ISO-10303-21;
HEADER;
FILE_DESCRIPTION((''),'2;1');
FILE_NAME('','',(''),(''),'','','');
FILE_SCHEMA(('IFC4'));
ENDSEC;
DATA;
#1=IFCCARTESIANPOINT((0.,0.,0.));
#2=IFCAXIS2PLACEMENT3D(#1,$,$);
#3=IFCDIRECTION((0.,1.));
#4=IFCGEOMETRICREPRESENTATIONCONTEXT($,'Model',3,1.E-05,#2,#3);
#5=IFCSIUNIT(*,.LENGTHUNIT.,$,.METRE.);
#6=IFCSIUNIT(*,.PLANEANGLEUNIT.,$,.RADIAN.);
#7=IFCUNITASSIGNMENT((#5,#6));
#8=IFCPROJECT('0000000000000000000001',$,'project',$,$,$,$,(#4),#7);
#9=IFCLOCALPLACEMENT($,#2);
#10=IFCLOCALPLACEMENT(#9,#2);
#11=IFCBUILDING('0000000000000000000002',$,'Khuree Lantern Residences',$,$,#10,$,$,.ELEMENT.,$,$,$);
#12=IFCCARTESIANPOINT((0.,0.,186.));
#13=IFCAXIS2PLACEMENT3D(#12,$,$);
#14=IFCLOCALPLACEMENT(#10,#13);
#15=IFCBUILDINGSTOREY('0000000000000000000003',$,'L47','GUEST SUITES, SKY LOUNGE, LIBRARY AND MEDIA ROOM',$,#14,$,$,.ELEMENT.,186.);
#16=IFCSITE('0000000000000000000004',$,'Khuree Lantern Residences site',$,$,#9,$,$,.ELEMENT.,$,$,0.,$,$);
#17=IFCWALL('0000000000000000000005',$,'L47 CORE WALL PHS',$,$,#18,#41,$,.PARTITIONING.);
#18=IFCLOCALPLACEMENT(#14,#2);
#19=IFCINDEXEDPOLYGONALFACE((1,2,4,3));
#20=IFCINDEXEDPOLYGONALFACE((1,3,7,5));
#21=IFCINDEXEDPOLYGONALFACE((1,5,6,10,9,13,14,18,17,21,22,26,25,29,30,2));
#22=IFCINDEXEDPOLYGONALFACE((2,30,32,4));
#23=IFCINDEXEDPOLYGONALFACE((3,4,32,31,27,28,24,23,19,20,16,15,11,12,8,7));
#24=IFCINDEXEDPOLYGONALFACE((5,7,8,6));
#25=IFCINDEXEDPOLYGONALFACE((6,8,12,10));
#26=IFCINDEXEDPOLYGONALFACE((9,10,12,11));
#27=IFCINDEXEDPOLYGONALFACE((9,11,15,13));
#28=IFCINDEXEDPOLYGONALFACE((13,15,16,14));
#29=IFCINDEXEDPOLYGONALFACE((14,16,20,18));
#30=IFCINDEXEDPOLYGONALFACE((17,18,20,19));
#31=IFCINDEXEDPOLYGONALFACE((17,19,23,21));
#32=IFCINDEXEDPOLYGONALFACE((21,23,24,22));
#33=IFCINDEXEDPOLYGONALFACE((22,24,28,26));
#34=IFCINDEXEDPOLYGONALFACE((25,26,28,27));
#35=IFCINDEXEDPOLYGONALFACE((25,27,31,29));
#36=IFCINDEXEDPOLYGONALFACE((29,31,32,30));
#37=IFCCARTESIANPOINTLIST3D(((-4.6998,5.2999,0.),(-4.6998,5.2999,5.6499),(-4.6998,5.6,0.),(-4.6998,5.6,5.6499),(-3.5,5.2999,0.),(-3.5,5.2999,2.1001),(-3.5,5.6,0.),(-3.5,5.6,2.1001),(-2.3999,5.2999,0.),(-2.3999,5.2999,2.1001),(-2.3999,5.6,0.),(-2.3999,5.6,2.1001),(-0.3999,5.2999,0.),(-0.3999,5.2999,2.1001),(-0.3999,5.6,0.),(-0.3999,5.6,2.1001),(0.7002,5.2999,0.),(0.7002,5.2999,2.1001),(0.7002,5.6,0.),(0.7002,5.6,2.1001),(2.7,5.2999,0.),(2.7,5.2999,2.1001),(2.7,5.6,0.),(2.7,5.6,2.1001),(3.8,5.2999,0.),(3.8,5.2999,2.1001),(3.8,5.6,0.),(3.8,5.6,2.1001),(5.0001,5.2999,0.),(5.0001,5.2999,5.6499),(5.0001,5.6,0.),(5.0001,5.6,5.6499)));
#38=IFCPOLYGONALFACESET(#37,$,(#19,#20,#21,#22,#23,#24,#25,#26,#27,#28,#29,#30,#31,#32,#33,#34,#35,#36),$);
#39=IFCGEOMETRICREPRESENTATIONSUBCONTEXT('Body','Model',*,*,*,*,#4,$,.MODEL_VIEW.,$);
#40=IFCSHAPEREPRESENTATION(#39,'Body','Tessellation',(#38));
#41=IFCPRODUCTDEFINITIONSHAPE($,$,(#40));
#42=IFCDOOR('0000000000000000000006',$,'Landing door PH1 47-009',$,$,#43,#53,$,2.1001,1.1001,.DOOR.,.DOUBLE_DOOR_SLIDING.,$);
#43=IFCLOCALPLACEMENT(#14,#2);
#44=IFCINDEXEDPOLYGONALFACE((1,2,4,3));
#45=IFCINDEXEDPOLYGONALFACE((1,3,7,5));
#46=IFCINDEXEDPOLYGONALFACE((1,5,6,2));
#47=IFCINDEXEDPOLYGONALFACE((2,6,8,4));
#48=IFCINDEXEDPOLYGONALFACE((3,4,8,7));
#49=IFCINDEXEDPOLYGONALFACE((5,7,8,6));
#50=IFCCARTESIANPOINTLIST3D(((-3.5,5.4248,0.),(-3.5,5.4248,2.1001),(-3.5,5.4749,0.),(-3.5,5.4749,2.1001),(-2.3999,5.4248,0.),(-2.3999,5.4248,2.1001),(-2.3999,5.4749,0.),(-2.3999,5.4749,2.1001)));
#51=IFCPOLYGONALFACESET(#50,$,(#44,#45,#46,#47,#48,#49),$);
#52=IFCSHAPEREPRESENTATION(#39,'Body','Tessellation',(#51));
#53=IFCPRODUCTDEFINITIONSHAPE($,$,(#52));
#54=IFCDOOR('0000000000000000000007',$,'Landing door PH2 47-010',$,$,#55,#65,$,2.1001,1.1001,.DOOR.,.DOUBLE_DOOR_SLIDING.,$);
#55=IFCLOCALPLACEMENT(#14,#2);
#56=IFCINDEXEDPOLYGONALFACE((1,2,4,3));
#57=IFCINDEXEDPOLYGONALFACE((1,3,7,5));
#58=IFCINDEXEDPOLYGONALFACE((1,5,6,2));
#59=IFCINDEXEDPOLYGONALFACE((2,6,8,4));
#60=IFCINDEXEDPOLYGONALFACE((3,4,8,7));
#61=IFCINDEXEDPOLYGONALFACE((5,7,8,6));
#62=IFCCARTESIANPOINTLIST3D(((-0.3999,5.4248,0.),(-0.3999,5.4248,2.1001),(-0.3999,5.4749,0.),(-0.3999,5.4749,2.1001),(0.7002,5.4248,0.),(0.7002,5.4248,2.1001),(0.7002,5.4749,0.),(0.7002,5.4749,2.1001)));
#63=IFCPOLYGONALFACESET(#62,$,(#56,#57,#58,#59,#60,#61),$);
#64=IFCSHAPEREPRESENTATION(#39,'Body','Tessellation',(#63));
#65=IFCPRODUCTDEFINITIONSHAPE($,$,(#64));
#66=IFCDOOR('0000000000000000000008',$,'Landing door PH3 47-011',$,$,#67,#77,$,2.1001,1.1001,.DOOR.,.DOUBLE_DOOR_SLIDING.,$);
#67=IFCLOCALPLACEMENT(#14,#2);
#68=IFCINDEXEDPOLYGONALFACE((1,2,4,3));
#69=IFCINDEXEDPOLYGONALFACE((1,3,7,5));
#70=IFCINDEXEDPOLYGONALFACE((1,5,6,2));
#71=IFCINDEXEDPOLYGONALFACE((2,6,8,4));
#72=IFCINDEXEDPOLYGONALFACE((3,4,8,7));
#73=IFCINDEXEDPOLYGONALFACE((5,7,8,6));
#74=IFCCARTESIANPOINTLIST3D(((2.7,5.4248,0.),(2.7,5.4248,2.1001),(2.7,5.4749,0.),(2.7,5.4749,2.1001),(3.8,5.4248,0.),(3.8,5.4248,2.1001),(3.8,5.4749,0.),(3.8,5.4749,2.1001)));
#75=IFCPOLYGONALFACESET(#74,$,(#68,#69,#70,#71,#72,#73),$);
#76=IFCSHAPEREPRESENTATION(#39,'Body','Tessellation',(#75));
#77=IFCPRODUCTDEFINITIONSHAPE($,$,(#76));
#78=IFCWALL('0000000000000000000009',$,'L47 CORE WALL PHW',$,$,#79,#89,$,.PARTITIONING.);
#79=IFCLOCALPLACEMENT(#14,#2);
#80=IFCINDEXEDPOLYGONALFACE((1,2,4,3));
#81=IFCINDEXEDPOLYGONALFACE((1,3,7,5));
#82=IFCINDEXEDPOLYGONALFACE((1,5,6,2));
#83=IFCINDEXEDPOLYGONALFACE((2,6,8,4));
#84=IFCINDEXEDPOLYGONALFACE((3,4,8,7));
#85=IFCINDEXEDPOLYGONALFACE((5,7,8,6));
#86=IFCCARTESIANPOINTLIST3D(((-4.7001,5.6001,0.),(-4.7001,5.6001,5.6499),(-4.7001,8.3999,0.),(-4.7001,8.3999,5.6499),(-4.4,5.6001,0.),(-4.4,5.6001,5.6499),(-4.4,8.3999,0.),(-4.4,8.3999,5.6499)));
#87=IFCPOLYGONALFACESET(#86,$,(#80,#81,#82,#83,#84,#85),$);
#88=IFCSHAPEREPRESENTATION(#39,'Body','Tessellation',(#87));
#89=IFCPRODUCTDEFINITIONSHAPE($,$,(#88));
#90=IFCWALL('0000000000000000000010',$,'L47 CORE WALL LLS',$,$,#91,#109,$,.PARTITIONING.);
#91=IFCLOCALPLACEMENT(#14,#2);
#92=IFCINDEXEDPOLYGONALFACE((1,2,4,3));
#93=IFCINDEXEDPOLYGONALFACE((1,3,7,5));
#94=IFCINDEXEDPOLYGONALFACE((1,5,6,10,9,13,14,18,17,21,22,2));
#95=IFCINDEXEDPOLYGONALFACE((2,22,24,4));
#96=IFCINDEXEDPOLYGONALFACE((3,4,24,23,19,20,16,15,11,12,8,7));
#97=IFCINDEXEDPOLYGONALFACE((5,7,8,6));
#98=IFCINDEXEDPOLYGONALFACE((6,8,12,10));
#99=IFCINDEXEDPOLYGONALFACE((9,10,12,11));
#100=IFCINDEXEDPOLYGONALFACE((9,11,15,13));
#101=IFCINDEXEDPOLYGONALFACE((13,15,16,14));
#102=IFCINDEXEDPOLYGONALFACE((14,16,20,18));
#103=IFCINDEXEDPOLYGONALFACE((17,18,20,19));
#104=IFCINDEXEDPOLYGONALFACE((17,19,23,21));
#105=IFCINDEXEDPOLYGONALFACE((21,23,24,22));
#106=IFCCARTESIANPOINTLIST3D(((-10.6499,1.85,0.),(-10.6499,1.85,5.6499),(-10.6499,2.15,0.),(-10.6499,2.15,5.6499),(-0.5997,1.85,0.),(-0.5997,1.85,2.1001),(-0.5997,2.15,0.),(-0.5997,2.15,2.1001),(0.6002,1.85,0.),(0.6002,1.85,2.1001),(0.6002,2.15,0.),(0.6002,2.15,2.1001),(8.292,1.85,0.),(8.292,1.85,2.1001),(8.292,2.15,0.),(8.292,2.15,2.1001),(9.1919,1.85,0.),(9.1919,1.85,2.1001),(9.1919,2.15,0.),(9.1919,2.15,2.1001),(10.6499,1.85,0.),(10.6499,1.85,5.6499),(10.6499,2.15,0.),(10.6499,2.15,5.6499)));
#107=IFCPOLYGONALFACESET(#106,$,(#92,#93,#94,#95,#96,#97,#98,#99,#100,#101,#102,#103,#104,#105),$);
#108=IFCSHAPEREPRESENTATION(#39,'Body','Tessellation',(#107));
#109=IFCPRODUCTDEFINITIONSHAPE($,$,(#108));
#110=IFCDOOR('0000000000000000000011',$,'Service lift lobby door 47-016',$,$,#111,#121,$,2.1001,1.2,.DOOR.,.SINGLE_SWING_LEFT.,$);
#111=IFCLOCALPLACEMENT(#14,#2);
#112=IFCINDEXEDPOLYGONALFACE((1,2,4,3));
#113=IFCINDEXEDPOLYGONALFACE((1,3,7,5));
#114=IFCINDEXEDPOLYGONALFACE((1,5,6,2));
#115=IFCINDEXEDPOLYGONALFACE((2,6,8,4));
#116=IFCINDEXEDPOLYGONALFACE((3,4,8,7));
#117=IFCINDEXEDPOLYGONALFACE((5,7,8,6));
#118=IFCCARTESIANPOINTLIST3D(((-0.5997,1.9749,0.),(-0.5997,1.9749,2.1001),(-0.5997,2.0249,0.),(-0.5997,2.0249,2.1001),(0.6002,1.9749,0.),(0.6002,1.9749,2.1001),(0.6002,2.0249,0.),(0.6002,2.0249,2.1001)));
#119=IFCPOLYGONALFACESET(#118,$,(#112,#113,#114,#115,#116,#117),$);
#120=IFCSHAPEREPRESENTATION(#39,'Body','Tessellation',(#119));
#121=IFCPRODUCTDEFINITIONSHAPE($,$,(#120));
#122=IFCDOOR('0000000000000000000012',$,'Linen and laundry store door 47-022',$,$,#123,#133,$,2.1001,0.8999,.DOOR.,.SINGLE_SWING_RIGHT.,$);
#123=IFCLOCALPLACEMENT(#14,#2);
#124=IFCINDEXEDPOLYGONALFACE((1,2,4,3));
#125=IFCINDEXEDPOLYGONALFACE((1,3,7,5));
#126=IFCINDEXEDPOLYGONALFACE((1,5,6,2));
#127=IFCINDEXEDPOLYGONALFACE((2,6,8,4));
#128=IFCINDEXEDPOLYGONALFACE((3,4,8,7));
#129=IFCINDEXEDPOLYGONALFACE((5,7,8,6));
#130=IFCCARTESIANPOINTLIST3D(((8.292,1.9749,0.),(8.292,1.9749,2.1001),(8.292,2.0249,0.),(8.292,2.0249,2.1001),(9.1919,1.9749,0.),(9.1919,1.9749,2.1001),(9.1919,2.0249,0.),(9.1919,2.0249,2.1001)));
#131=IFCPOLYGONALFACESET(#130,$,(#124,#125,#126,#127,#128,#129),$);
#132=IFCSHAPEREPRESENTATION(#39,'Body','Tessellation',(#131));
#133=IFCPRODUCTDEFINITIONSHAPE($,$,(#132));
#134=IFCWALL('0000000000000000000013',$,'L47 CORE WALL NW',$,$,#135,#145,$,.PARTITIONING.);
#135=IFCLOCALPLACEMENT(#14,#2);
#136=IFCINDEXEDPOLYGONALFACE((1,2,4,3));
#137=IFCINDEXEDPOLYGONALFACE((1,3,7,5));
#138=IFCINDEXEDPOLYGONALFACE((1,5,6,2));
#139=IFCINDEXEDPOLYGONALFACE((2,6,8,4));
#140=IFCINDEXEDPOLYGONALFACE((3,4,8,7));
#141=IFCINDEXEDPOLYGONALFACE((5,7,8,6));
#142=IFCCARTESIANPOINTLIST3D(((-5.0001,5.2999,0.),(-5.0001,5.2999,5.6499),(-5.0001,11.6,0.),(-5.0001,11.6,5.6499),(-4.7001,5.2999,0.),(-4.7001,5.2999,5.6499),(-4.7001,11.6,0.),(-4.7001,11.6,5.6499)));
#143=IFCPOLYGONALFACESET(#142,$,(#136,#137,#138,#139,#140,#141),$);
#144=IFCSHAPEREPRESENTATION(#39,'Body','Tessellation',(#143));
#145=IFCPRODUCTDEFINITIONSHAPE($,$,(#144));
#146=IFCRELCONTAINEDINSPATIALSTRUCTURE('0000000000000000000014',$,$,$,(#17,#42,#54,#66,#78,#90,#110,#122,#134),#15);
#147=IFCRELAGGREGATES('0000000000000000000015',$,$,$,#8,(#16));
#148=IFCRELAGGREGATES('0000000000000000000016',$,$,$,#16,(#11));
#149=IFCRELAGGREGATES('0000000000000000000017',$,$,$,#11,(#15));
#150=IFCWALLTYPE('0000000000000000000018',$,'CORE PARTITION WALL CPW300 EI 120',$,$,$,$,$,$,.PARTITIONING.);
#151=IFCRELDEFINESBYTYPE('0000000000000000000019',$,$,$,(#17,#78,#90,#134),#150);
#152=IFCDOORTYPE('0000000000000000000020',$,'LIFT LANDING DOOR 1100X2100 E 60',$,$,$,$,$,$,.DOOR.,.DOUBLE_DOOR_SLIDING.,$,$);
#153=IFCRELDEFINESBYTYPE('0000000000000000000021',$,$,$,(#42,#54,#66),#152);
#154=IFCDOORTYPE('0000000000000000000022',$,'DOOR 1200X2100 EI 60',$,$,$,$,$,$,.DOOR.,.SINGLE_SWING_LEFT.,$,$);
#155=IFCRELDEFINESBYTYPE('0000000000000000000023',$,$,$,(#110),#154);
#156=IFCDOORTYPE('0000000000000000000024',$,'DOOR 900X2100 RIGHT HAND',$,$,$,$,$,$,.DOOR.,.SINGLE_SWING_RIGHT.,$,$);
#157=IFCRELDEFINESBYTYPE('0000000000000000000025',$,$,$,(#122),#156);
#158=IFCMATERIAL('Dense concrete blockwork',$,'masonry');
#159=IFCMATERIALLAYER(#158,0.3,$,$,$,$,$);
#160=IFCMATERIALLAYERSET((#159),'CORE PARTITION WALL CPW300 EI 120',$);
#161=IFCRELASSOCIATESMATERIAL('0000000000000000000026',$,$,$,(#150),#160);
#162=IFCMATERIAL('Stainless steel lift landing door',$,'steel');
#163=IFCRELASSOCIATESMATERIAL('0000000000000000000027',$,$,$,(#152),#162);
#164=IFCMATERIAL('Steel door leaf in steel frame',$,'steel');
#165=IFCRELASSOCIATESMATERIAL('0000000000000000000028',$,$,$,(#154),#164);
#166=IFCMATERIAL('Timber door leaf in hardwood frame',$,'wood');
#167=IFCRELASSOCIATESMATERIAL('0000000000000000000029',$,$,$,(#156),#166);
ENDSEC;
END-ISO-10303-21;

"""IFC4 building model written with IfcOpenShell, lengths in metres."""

from ifc_helpers import new_model, si_unit, direction, frame, frame_2d, origin, place, context, subcontext, project, spatial, rectangle, extrude, material, layer, layer_set, type_object, element, fill, save


model = new_model("IFC4")

# Units and contexts
model_context = context("Model", 3, precision=1e-05, world=origin(), true_north=direction((0.0, 1.0)))
body_context = subcontext(model_context, "Body", "Model", "MODEL_VIEW")
ifc_project = project(units=[si_unit("LENGTHUNIT", "METRE"), si_unit("PLANEANGLEUNIT", "RADIAN")], contexts=[model_context])

# Site, building, storey
site_placement = place(None, origin())
site = spatial("IfcSite", under=ifc_project, at=site_placement, Name="Khuree Lantern Residences site", CompositionType="ELEMENT", RefElevation=0.0)
building_placement = place(site_placement, origin())
building = spatial("IfcBuilding", under=site, at=building_placement, Name="Khuree Lantern Residences", CompositionType="ELEMENT")
storey_placement = place(building_placement, frame((0.0, 0.0, 186.0)))
storey = spatial("IfcBuildingStorey", under=building, at=storey_placement, Name="L47", Description="GUEST SUITES, SKY LOUNGE, LIBRARY AND MEDIA ROOM", CompositionType="ELEMENT", Elevation=186.0)

# Wall, openings, doors
ifc_material_1 = material(Name="Dense concrete blockwork", Category="masonry")
ifc_layer_1 = layer(ifc_material_1, 0.3)
ifc_layer_set_1 = layer_set([ifc_layer_1], Name="CORE PARTITION WALL CPW300 EI 120")
wall_type_1 = type_object("IfcWallType", Name="CORE PARTITION WALL CPW300 EI 120", PredefinedType="PARTITIONING", material=ifc_layer_set_1)
wall_1_placement = place(storey_placement, frame((-4.7, 5.45, 0.0), z_axis=(0.0, 0.0, 1.0), x_axis=(1.0, 0.0, 0.0)))
wall_1 = element("IfcWall", 1, at=wall_1_placement, inside=storey, type_object=wall_type_1, Name="L47 CORE WALL PHS", PredefinedType="PARTITIONING", context=body_context, shape_type="SweptSolid", body=[
    extrude(rectangle(XDim=9.7, YDim=0.3, at=frame_2d((4.8501, 0.0))), origin(), (0.0, 0.0, 1.0), 5.6499),
])
opening_1_placement = place(wall_1_placement, frame((1.2, 0.0, 0.0)))
opening_1 = element("IfcOpeningElement", 2, at=opening_1_placement, cuts=wall_1, PredefinedType="OPENING", context=body_context, shape_type="SweptSolid", body=[
    extrude(rectangle(XDim=1.1001, YDim=2.1001, at=frame_2d((0.55, 1.05))), frame((0.0, 0.1602, 0.0), z_axis=(0.0, -1.0, 0.0), x_axis=(1.0, 0.0, 0.0)), (0.0, 0.0, 1.0), 0.3201),
])
opening_2_placement = place(wall_1_placement, frame((4.3, 0.0, 0.0)))
opening_2 = element("IfcOpeningElement", 3, at=opening_2_placement, cuts=wall_1, PredefinedType="OPENING", context=body_context, shape_type="SweptSolid", body=[
    extrude(rectangle(XDim=1.1001, YDim=2.1001, at=frame_2d((0.55, 1.05))), frame((0.0, 0.1602, 0.0), z_axis=(0.0, -1.0, 0.0), x_axis=(1.0, 0.0, 0.0)), (0.0, 0.0, 1.0), 0.3201),
])
opening_3_placement = place(wall_1_placement, frame((7.3999, 0.0, 0.0)))
opening_3 = element("IfcOpeningElement", 4, at=opening_3_placement, cuts=wall_1, PredefinedType="OPENING", context=body_context, shape_type="SweptSolid", body=[
    extrude(rectangle(XDim=1.1001, YDim=2.1001, at=frame_2d((0.55, 1.05))), frame((0.0, 0.1602, 0.0), z_axis=(0.0, -1.0, 0.0), x_axis=(1.0, 0.0, 0.0)), (0.0, 0.0, 1.0), 0.3201),
])
ifc_material_2 = material(Name="Stainless steel lift landing door", Category="steel")
door_type_1 = type_object("IfcDoorType", Name="LIFT LANDING DOOR 1100X2100 E 60", OperationType="DOUBLE_DOOR_SLIDING", PredefinedType="DOOR", material=ifc_material_2)
door_1_placement = place(opening_1_placement, origin())
door_1 = element("IfcDoor", 5, at=door_1_placement, inside=storey, type_object=door_type_1, Name="Landing door PH1 47-009", OperationType="DOUBLE_DOOR_SLIDING", OverallHeight=2.1001, OverallWidth=1.1001, PredefinedType="DOOR", context=body_context, shape_type="SweptSolid", body=[
    extrude(rectangle(XDim=1.1001, YDim=2.1001, at=frame_2d((0.55, 1.05))), frame((0.0, 0.0249, 0.0), z_axis=(0.0, -1.0, 0.0), x_axis=(1.0, 0.0, 0.0)), (0.0, 0.0, 1.0), 0.05),
])
fill(opening_1, door_1)
door_2_placement = place(opening_2_placement, origin())
door_2 = element("IfcDoor", 6, at=door_2_placement, inside=storey, type_object=door_type_1, Name="Landing door PH2 47-010", OperationType="DOUBLE_DOOR_SLIDING", OverallHeight=2.1001, OverallWidth=1.1001, PredefinedType="DOOR", context=body_context, shape_type="SweptSolid", body=[
    extrude(rectangle(XDim=1.1001, YDim=2.1001, at=frame_2d((0.55, 1.05))), frame((0.0, 0.0249, 0.0), z_axis=(0.0, -1.0, 0.0), x_axis=(1.0, 0.0, 0.0)), (0.0, 0.0, 1.0), 0.05),
])
fill(opening_2, door_2)
door_3_placement = place(opening_3_placement, origin())
door_3 = element("IfcDoor", 7, at=door_3_placement, inside=storey, type_object=door_type_1, Name="Landing door PH3 47-011", OperationType="DOUBLE_DOOR_SLIDING", OverallHeight=2.1001, OverallWidth=1.1001, PredefinedType="DOOR", context=body_context, shape_type="SweptSolid", body=[
    extrude(rectangle(XDim=1.1001, YDim=2.1001, at=frame_2d((0.55, 1.05))), frame((0.0, 0.0249, 0.0), z_axis=(0.0, -1.0, 0.0), x_axis=(1.0, 0.0, 0.0)), (0.0, 0.0, 1.0), 0.05),
])
fill(opening_3, door_3)

# Wall
wall_2_placement = place(storey_placement, frame((-4.55, 5.6001, 0.0), z_axis=(0.0, 0.0, 1.0), x_axis=(0.0, 1.0, 0.0)))
element("IfcWall", 8, at=wall_2_placement, inside=storey, type_object=wall_type_1, Name="L47 CORE WALL PHW", PredefinedType="PARTITIONING", context=body_context, shape_type="SweptSolid", body=[
    extrude(rectangle(XDim=2.7998, YDim=0.3, at=frame_2d((1.3999, 0.0))), origin(), (0.0, 0.0, 1.0), 5.6499),
])

# Wall, openings, doors
wall_3_placement = place(storey_placement, frame((-10.6499, 2.0, 0.0), z_axis=(0.0, 0.0, 1.0), x_axis=(1.0, 0.0, 0.0)))
wall_3 = element("IfcWall", 9, at=wall_3_placement, inside=storey, type_object=wall_type_1, Name="L47 CORE WALL LLS", PredefinedType="PARTITIONING", context=body_context, shape_type="SweptSolid", body=[
    extrude(rectangle(XDim=21.2998, YDim=0.3, at=frame_2d((10.6499, 0.0))), origin(), (0.0, 0.0, 1.0), 5.6499),
])
opening_4_placement = place(wall_3_placement, frame((10.05, 0.0, 0.0)))
opening_4 = element("IfcOpeningElement", 10, at=opening_4_placement, cuts=wall_3, PredefinedType="OPENING", context=body_context, shape_type="SweptSolid", body=[
    extrude(rectangle(XDim=1.2, YDim=2.1001, at=frame_2d((0.6001, 1.05))), frame((0.0, 0.1602, 0.0), z_axis=(0.0, -1.0, 0.0), x_axis=(1.0, 0.0, 0.0)), (0.0, 0.0, 1.0), 0.3201),
])
opening_5_placement = place(wall_3_placement, frame((18.9419, 0.0, 0.0)))
opening_5 = element("IfcOpeningElement", 11, at=opening_5_placement, cuts=wall_3, PredefinedType="OPENING", context=body_context, shape_type="SweptSolid", body=[
    extrude(rectangle(XDim=0.8999, YDim=2.1001, at=frame_2d((0.45, 1.05))), frame((0.0, 0.1602, 0.0), z_axis=(0.0, -1.0, 0.0), x_axis=(1.0, 0.0, 0.0)), (0.0, 0.0, 1.0), 0.3201),
])
ifc_material_3 = material(Name="Steel door leaf in steel frame", Category="steel")
door_type_2 = type_object("IfcDoorType", Name="DOOR 1200X2100 EI 60", OperationType="SINGLE_SWING_LEFT", PredefinedType="DOOR", material=ifc_material_3)
door_4_placement = place(opening_4_placement, origin())
door_4 = element("IfcDoor", 12, at=door_4_placement, inside=storey, type_object=door_type_2, Name="Service lift lobby door 47-016", OperationType="SINGLE_SWING_LEFT", OverallHeight=2.1001, OverallWidth=1.2, PredefinedType="DOOR", context=body_context, shape_type="SweptSolid", body=[
    extrude(rectangle(XDim=1.2, YDim=2.1001, at=frame_2d((0.6001, 1.05))), frame((0.0, 0.0249, 0.0), z_axis=(0.0, -1.0, 0.0), x_axis=(1.0, 0.0, 0.0)), (0.0, 0.0, 1.0), 0.05),
])
fill(opening_4, door_4)
ifc_material_4 = material(Name="Timber door leaf in hardwood frame", Category="wood")
door_type_3 = type_object("IfcDoorType", Name="DOOR 900X2100 RIGHT HAND", OperationType="SINGLE_SWING_RIGHT", PredefinedType="DOOR", material=ifc_material_4)
door_5_placement = place(opening_5_placement, origin())
door_5 = element("IfcDoor", 13, at=door_5_placement, inside=storey, type_object=door_type_3, Name="Linen and laundry store door 47-022", OperationType="SINGLE_SWING_RIGHT", OverallHeight=2.1001, OverallWidth=0.8999, PredefinedType="DOOR", context=body_context, shape_type="SweptSolid", body=[
    extrude(rectangle(XDim=0.8999, YDim=2.1001, at=frame_2d((0.45, 1.05))), frame((0.0, 0.0249, 0.0), z_axis=(0.0, -1.0, 0.0), x_axis=(1.0, 0.0, 0.0)), (0.0, 0.0, 1.0), 0.05),
])
fill(opening_5, door_5)

# Wall
wall_4_placement = place(storey_placement, frame((-4.8501, 5.3, 0.0), z_axis=(0.0, 0.0, 1.0), x_axis=(0.0, 1.0, 0.0)))
element("IfcWall", 14, at=wall_4_placement, inside=storey, type_object=wall_type_1, Name="L47 CORE WALL NW", PredefinedType="PARTITIONING", context=body_context, shape_type="SweptSolid", body=[
    extrude(rectangle(XDim=6.3, YDim=0.3, at=frame_2d((3.1499, 0.0))), origin(), (0.0, 0.0, 1.0), 5.6499),
])

save(model, "model.ifc")
